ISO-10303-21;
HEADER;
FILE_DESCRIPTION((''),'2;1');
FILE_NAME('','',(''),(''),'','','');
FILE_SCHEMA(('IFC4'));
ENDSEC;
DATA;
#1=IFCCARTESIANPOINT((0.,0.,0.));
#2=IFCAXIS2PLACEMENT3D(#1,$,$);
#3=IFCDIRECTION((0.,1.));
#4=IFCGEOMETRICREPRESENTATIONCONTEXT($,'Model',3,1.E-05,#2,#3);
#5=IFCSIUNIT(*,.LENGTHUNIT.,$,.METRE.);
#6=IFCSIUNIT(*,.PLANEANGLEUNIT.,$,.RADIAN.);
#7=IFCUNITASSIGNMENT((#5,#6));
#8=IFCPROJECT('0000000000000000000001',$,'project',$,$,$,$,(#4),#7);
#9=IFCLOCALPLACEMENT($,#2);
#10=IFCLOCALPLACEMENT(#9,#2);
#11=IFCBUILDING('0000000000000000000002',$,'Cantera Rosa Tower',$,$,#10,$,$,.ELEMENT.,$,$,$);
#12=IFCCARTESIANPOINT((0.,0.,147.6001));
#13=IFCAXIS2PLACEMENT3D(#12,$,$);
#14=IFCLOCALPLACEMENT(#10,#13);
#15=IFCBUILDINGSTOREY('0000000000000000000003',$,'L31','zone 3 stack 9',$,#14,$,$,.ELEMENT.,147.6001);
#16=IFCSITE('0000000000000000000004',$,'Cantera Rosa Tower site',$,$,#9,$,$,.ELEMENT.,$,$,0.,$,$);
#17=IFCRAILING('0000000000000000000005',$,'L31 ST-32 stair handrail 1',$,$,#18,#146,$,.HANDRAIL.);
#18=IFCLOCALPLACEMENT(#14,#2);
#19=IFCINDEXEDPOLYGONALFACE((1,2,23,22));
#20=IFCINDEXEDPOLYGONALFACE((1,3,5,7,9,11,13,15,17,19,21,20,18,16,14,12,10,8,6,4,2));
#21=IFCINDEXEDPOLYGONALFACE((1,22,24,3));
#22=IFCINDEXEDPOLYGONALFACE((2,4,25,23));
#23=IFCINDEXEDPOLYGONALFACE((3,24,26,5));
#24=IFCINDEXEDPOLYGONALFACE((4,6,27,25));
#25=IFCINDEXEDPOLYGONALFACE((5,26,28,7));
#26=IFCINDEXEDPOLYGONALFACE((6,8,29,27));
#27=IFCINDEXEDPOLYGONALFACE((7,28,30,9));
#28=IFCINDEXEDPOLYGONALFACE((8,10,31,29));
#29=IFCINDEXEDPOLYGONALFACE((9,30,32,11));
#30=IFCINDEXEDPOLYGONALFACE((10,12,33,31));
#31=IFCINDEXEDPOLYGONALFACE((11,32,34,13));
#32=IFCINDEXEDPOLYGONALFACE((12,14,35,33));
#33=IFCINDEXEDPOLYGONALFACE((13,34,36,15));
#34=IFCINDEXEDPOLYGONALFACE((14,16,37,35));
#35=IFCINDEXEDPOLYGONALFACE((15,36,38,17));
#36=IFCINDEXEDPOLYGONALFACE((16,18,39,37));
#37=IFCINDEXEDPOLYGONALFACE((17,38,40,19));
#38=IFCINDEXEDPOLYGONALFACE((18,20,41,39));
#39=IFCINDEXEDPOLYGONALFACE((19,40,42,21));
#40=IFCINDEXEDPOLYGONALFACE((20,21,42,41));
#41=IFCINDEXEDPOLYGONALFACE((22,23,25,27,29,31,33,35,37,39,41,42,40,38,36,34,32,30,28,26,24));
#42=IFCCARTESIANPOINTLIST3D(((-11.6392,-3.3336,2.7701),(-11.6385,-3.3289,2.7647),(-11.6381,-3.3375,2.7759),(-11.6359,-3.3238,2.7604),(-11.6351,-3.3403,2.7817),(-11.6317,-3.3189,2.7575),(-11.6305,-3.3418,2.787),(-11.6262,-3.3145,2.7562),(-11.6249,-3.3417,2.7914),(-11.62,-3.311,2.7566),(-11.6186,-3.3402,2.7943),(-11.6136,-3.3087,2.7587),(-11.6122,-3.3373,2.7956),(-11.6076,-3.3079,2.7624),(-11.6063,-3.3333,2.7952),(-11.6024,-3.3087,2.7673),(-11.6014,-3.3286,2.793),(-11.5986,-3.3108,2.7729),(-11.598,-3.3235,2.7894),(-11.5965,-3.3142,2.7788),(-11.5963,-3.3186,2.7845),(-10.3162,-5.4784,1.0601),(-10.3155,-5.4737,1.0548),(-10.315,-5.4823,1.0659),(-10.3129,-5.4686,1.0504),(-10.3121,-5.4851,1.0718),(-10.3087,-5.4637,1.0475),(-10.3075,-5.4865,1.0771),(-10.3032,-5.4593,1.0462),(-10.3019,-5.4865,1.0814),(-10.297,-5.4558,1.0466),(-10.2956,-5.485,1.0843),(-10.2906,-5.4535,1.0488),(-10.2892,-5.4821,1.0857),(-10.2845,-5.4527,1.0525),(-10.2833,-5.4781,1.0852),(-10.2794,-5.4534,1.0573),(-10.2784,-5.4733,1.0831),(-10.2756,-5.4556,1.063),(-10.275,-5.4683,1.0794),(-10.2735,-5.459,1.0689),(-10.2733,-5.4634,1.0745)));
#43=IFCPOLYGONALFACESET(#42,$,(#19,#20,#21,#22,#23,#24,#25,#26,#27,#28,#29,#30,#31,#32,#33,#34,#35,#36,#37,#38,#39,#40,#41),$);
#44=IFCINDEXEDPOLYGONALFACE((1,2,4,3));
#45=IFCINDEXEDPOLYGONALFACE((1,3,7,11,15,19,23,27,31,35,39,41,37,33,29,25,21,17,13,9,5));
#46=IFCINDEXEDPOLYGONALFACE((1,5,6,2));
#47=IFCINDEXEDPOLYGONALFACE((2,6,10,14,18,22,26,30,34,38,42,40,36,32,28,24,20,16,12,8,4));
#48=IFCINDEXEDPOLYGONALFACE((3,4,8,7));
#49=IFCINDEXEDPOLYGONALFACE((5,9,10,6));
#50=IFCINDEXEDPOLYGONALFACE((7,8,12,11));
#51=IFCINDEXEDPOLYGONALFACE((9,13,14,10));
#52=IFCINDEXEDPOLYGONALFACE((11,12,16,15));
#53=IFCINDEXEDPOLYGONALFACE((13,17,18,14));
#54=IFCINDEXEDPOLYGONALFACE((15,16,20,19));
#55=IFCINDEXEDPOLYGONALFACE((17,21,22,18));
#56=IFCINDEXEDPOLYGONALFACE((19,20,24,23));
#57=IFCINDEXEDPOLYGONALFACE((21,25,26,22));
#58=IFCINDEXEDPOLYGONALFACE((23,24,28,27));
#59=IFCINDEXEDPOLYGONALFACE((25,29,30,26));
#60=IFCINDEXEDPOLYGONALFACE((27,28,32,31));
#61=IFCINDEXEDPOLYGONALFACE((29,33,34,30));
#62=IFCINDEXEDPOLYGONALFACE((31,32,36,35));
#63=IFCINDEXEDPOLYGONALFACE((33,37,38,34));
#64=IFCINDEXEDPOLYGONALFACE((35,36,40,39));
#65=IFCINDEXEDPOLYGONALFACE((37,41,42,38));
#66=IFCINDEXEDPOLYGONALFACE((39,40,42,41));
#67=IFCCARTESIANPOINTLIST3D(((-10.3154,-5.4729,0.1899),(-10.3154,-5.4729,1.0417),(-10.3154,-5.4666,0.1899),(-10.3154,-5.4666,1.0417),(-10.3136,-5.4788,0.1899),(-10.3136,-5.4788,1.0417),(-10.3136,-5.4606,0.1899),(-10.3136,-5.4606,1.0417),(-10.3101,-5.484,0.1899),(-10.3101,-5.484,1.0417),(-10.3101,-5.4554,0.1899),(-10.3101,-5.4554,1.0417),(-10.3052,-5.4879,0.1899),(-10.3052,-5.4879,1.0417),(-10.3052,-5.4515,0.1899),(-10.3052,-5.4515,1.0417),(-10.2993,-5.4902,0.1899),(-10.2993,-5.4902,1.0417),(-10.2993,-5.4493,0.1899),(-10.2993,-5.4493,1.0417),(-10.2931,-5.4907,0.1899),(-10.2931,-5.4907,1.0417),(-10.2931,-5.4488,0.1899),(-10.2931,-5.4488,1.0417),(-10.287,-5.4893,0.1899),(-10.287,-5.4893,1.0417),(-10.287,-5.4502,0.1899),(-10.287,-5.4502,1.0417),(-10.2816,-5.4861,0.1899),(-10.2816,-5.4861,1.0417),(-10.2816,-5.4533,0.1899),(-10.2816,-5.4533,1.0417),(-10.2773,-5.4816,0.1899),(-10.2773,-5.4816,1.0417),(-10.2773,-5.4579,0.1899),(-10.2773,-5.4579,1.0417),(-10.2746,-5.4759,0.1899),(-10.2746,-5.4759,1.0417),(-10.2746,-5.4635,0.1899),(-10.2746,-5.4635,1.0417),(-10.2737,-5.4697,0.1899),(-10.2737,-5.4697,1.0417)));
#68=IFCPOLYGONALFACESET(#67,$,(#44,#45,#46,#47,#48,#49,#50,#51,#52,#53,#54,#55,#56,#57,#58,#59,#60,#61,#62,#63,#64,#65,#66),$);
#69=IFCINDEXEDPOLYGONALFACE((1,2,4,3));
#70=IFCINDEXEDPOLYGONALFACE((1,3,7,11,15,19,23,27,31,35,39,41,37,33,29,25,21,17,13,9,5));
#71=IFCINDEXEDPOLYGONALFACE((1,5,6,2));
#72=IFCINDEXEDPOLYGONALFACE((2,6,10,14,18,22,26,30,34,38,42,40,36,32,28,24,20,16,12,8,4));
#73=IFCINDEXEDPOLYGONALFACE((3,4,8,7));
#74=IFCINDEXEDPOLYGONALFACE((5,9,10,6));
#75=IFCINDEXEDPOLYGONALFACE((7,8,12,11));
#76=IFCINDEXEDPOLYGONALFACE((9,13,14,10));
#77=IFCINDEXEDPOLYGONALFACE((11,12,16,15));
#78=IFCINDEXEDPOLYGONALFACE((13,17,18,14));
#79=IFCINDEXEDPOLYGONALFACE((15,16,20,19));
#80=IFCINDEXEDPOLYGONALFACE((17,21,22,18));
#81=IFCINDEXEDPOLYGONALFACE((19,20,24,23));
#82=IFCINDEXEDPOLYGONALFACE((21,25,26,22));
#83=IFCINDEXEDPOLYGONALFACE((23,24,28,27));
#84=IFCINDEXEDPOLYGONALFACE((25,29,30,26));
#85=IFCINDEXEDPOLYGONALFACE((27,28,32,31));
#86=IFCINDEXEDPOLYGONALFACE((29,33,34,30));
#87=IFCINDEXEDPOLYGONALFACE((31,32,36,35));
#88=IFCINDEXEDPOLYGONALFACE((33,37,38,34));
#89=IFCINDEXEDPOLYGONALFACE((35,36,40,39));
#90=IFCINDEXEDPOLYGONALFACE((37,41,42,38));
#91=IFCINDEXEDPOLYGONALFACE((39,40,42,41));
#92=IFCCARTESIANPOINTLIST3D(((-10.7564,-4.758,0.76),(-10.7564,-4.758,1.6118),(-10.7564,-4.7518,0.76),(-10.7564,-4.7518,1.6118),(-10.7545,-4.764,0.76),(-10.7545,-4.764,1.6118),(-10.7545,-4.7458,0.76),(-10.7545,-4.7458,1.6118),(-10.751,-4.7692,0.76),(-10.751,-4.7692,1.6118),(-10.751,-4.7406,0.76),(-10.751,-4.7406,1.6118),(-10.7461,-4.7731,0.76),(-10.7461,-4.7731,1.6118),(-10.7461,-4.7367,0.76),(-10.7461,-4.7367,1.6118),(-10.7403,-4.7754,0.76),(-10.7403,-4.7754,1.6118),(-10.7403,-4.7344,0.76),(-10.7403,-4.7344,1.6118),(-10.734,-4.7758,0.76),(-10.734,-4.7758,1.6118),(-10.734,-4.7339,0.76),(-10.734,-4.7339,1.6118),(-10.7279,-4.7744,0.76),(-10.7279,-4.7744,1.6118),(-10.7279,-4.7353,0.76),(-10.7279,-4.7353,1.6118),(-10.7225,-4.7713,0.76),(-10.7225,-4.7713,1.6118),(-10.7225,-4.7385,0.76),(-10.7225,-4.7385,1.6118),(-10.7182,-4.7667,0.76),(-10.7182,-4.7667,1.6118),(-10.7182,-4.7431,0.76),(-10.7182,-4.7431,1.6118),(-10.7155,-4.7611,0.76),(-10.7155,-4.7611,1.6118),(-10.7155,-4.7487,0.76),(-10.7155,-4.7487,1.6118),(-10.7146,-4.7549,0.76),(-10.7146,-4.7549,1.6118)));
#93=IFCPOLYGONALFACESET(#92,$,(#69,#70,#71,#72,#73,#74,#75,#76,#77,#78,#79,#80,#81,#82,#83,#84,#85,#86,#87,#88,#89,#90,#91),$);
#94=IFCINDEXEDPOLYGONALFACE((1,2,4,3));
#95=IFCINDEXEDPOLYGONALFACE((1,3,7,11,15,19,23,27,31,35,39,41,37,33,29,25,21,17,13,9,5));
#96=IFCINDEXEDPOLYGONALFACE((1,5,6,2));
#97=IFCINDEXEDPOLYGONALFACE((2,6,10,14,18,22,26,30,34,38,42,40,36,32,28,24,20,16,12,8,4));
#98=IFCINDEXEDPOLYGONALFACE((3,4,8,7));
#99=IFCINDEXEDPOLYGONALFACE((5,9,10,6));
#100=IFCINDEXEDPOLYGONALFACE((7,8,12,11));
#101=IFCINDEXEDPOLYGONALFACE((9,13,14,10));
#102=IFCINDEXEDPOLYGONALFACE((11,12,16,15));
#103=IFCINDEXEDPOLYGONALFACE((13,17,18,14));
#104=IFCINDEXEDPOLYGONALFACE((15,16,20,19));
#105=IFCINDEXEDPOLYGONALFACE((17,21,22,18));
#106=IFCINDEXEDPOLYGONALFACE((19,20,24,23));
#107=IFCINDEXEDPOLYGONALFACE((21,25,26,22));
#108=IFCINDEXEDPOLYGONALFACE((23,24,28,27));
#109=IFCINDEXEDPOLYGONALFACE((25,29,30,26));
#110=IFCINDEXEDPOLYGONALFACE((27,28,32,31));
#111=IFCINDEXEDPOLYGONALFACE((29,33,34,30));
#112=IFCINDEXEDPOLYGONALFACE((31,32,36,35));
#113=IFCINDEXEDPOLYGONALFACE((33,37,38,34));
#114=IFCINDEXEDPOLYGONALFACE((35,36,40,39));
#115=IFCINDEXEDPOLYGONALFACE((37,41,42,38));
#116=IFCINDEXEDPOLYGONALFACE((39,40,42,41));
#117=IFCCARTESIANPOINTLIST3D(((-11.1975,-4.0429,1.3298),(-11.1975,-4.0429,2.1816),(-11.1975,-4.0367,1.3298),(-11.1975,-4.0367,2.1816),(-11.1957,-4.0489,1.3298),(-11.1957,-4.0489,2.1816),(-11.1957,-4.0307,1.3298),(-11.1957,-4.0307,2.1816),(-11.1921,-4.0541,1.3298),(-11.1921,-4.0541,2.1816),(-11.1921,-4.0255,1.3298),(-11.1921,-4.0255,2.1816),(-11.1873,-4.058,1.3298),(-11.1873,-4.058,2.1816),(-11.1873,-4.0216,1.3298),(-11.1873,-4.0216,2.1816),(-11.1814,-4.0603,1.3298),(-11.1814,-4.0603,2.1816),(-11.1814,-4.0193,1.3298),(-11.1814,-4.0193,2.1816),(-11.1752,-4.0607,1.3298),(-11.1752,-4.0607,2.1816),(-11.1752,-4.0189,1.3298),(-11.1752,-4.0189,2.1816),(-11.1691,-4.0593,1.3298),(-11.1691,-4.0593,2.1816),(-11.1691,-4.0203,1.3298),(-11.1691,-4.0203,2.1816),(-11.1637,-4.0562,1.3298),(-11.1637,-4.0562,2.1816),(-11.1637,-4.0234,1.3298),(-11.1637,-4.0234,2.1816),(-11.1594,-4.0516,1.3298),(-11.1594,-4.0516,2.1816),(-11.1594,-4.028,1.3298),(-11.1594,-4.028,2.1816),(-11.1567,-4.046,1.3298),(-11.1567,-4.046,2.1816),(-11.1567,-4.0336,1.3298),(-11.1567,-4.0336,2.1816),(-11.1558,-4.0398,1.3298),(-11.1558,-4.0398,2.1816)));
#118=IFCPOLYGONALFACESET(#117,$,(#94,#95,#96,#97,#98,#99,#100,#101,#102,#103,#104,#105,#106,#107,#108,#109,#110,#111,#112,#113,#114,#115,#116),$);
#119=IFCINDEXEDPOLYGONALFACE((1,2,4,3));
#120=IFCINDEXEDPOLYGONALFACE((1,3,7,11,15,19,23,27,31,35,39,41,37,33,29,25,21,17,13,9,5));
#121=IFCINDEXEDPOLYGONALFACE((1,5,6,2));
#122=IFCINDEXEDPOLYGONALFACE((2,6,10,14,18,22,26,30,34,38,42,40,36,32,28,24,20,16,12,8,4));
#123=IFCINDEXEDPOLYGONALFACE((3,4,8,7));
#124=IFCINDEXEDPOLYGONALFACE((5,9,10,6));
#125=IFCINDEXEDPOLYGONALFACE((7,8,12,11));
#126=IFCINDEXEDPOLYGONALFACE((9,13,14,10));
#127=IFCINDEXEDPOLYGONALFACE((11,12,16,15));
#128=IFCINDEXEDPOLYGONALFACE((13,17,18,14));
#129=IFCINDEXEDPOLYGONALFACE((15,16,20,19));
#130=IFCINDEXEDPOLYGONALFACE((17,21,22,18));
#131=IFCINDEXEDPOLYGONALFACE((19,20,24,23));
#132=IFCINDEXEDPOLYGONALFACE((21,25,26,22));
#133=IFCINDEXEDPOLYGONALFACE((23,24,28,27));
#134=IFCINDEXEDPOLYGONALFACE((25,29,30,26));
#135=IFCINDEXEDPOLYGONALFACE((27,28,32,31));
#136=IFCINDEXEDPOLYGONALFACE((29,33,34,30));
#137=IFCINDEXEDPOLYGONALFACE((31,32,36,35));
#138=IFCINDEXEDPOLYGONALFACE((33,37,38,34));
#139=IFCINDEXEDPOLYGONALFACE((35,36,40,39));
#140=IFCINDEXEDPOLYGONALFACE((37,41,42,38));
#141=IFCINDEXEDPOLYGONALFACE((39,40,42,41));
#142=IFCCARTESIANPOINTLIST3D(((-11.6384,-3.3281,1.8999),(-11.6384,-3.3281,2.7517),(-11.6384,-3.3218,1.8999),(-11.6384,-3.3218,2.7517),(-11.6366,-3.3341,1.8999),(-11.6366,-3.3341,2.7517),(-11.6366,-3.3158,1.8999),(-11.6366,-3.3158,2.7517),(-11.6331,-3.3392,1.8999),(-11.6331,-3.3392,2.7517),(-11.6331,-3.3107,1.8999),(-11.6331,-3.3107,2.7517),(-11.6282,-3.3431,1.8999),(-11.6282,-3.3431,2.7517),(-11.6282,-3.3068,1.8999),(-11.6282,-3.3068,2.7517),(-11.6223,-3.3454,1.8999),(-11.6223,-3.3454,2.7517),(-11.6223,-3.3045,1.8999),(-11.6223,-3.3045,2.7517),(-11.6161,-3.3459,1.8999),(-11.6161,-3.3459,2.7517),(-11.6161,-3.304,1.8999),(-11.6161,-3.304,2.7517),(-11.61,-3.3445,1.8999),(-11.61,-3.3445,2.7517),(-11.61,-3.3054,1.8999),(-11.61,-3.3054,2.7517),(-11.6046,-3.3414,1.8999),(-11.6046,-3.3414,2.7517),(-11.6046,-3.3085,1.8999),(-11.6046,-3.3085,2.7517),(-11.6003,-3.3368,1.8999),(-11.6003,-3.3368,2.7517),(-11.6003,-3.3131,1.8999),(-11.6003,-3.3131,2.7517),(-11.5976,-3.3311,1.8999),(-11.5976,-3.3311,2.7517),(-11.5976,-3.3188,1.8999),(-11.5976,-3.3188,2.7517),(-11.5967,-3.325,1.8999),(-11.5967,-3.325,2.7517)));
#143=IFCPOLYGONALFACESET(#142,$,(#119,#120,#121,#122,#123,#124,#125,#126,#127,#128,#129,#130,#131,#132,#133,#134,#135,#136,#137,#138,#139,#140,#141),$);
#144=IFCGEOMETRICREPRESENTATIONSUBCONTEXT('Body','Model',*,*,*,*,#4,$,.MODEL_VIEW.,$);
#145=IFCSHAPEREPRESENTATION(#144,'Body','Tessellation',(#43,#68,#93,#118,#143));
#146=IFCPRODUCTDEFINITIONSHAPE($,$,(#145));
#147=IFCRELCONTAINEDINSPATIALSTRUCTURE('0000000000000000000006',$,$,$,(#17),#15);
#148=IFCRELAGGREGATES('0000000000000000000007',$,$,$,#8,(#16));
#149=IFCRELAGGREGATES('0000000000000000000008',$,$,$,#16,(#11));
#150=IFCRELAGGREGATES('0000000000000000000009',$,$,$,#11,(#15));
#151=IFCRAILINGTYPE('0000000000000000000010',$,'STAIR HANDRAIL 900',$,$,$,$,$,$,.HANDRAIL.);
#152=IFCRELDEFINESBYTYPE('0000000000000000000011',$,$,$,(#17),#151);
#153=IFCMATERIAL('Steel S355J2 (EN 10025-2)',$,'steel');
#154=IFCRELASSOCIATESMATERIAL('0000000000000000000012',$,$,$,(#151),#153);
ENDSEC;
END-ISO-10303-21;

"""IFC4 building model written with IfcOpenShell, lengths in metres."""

from ifc_helpers import new_model, si_unit, direction, frame, origin, origin_2d, place, context, subcontext, project, spatial, circle, extrude, material, type_object, element, save


model = new_model("IFC4")

# Units and contexts
model_context = context("Model", 3, precision=1e-05, world=origin(), true_north=direction((0.0, 1.0)))
body_context = subcontext(model_context, "Body", "Model", "MODEL_VIEW")
ifc_project = project(units=[si_unit("LENGTHUNIT", "METRE"), si_unit("PLANEANGLEUNIT", "RADIAN")], contexts=[model_context])

# Site, building, storey
site_placement = place(None, origin())
site = spatial("IfcSite", under=ifc_project, at=site_placement, Name="Cantera Rosa Tower site", CompositionType="ELEMENT", RefElevation=0.0)
building_placement = place(site_placement, origin())
building = spatial("IfcBuilding", under=site, at=building_placement, Name="Cantera Rosa Tower", CompositionType="ELEMENT")
storey_placement = place(building_placement, frame((0.0, 0.0, 147.6001)))
storey = spatial("IfcBuildingStorey", under=building, at=storey_placement, Name="L31", Description="zone 3 stack 9", CompositionType="ELEMENT", Elevation=147.6001)

# Railing
ifc_material_1 = material(Name="Steel S355J2 (EN 10025-2)", Category="steel")
railing_type_1 = type_object("IfcRailingType", Name="STAIR HANDRAIL 900", PredefinedType="HANDRAIL", material=ifc_material_1)
railing_1_placement = place(storey_placement, frame((-10.2947, -5.4697, 0.1899)))
element("IfcRailing", 1, at=railing_1_placement, inside=storey, type_object=railing_type_1, Name="L31 ST-32 stair handrail 1", PredefinedType="HANDRAIL", context=body_context, shape_type="SweptSolid", body=[
    extrude(circle(Radius=0.0239, at=origin_2d()), frame((0.0, 0.0, 0.876), z_axis=(-0.434428, 0.704271, 0.561493), x_axis=(-0.851102, -0.525, 0.0)), (0.0, 0.0, 1.0), 3.0454),
    extrude(circle(Radius=0.021, at=origin_2d()), origin(), (0.0, 0.0, 1.0), 0.8518),
    extrude(circle(Radius=0.021, at=origin_2d()), frame((-0.4409, 0.7148, 0.5701)), (0.0, 0.0, 1.0), 0.8518),
    extrude(circle(Radius=0.021, at=origin_2d()), frame((-0.8821, 1.4299, 1.1399)), (0.0, 0.0, 1.0), 0.8518),
    extrude(circle(Radius=0.021, at=origin_2d()), frame((-1.323, 2.1448, 1.71)), (0.0, 0.0, 1.0), 0.8518),
])

save(model, "model.ifc")
